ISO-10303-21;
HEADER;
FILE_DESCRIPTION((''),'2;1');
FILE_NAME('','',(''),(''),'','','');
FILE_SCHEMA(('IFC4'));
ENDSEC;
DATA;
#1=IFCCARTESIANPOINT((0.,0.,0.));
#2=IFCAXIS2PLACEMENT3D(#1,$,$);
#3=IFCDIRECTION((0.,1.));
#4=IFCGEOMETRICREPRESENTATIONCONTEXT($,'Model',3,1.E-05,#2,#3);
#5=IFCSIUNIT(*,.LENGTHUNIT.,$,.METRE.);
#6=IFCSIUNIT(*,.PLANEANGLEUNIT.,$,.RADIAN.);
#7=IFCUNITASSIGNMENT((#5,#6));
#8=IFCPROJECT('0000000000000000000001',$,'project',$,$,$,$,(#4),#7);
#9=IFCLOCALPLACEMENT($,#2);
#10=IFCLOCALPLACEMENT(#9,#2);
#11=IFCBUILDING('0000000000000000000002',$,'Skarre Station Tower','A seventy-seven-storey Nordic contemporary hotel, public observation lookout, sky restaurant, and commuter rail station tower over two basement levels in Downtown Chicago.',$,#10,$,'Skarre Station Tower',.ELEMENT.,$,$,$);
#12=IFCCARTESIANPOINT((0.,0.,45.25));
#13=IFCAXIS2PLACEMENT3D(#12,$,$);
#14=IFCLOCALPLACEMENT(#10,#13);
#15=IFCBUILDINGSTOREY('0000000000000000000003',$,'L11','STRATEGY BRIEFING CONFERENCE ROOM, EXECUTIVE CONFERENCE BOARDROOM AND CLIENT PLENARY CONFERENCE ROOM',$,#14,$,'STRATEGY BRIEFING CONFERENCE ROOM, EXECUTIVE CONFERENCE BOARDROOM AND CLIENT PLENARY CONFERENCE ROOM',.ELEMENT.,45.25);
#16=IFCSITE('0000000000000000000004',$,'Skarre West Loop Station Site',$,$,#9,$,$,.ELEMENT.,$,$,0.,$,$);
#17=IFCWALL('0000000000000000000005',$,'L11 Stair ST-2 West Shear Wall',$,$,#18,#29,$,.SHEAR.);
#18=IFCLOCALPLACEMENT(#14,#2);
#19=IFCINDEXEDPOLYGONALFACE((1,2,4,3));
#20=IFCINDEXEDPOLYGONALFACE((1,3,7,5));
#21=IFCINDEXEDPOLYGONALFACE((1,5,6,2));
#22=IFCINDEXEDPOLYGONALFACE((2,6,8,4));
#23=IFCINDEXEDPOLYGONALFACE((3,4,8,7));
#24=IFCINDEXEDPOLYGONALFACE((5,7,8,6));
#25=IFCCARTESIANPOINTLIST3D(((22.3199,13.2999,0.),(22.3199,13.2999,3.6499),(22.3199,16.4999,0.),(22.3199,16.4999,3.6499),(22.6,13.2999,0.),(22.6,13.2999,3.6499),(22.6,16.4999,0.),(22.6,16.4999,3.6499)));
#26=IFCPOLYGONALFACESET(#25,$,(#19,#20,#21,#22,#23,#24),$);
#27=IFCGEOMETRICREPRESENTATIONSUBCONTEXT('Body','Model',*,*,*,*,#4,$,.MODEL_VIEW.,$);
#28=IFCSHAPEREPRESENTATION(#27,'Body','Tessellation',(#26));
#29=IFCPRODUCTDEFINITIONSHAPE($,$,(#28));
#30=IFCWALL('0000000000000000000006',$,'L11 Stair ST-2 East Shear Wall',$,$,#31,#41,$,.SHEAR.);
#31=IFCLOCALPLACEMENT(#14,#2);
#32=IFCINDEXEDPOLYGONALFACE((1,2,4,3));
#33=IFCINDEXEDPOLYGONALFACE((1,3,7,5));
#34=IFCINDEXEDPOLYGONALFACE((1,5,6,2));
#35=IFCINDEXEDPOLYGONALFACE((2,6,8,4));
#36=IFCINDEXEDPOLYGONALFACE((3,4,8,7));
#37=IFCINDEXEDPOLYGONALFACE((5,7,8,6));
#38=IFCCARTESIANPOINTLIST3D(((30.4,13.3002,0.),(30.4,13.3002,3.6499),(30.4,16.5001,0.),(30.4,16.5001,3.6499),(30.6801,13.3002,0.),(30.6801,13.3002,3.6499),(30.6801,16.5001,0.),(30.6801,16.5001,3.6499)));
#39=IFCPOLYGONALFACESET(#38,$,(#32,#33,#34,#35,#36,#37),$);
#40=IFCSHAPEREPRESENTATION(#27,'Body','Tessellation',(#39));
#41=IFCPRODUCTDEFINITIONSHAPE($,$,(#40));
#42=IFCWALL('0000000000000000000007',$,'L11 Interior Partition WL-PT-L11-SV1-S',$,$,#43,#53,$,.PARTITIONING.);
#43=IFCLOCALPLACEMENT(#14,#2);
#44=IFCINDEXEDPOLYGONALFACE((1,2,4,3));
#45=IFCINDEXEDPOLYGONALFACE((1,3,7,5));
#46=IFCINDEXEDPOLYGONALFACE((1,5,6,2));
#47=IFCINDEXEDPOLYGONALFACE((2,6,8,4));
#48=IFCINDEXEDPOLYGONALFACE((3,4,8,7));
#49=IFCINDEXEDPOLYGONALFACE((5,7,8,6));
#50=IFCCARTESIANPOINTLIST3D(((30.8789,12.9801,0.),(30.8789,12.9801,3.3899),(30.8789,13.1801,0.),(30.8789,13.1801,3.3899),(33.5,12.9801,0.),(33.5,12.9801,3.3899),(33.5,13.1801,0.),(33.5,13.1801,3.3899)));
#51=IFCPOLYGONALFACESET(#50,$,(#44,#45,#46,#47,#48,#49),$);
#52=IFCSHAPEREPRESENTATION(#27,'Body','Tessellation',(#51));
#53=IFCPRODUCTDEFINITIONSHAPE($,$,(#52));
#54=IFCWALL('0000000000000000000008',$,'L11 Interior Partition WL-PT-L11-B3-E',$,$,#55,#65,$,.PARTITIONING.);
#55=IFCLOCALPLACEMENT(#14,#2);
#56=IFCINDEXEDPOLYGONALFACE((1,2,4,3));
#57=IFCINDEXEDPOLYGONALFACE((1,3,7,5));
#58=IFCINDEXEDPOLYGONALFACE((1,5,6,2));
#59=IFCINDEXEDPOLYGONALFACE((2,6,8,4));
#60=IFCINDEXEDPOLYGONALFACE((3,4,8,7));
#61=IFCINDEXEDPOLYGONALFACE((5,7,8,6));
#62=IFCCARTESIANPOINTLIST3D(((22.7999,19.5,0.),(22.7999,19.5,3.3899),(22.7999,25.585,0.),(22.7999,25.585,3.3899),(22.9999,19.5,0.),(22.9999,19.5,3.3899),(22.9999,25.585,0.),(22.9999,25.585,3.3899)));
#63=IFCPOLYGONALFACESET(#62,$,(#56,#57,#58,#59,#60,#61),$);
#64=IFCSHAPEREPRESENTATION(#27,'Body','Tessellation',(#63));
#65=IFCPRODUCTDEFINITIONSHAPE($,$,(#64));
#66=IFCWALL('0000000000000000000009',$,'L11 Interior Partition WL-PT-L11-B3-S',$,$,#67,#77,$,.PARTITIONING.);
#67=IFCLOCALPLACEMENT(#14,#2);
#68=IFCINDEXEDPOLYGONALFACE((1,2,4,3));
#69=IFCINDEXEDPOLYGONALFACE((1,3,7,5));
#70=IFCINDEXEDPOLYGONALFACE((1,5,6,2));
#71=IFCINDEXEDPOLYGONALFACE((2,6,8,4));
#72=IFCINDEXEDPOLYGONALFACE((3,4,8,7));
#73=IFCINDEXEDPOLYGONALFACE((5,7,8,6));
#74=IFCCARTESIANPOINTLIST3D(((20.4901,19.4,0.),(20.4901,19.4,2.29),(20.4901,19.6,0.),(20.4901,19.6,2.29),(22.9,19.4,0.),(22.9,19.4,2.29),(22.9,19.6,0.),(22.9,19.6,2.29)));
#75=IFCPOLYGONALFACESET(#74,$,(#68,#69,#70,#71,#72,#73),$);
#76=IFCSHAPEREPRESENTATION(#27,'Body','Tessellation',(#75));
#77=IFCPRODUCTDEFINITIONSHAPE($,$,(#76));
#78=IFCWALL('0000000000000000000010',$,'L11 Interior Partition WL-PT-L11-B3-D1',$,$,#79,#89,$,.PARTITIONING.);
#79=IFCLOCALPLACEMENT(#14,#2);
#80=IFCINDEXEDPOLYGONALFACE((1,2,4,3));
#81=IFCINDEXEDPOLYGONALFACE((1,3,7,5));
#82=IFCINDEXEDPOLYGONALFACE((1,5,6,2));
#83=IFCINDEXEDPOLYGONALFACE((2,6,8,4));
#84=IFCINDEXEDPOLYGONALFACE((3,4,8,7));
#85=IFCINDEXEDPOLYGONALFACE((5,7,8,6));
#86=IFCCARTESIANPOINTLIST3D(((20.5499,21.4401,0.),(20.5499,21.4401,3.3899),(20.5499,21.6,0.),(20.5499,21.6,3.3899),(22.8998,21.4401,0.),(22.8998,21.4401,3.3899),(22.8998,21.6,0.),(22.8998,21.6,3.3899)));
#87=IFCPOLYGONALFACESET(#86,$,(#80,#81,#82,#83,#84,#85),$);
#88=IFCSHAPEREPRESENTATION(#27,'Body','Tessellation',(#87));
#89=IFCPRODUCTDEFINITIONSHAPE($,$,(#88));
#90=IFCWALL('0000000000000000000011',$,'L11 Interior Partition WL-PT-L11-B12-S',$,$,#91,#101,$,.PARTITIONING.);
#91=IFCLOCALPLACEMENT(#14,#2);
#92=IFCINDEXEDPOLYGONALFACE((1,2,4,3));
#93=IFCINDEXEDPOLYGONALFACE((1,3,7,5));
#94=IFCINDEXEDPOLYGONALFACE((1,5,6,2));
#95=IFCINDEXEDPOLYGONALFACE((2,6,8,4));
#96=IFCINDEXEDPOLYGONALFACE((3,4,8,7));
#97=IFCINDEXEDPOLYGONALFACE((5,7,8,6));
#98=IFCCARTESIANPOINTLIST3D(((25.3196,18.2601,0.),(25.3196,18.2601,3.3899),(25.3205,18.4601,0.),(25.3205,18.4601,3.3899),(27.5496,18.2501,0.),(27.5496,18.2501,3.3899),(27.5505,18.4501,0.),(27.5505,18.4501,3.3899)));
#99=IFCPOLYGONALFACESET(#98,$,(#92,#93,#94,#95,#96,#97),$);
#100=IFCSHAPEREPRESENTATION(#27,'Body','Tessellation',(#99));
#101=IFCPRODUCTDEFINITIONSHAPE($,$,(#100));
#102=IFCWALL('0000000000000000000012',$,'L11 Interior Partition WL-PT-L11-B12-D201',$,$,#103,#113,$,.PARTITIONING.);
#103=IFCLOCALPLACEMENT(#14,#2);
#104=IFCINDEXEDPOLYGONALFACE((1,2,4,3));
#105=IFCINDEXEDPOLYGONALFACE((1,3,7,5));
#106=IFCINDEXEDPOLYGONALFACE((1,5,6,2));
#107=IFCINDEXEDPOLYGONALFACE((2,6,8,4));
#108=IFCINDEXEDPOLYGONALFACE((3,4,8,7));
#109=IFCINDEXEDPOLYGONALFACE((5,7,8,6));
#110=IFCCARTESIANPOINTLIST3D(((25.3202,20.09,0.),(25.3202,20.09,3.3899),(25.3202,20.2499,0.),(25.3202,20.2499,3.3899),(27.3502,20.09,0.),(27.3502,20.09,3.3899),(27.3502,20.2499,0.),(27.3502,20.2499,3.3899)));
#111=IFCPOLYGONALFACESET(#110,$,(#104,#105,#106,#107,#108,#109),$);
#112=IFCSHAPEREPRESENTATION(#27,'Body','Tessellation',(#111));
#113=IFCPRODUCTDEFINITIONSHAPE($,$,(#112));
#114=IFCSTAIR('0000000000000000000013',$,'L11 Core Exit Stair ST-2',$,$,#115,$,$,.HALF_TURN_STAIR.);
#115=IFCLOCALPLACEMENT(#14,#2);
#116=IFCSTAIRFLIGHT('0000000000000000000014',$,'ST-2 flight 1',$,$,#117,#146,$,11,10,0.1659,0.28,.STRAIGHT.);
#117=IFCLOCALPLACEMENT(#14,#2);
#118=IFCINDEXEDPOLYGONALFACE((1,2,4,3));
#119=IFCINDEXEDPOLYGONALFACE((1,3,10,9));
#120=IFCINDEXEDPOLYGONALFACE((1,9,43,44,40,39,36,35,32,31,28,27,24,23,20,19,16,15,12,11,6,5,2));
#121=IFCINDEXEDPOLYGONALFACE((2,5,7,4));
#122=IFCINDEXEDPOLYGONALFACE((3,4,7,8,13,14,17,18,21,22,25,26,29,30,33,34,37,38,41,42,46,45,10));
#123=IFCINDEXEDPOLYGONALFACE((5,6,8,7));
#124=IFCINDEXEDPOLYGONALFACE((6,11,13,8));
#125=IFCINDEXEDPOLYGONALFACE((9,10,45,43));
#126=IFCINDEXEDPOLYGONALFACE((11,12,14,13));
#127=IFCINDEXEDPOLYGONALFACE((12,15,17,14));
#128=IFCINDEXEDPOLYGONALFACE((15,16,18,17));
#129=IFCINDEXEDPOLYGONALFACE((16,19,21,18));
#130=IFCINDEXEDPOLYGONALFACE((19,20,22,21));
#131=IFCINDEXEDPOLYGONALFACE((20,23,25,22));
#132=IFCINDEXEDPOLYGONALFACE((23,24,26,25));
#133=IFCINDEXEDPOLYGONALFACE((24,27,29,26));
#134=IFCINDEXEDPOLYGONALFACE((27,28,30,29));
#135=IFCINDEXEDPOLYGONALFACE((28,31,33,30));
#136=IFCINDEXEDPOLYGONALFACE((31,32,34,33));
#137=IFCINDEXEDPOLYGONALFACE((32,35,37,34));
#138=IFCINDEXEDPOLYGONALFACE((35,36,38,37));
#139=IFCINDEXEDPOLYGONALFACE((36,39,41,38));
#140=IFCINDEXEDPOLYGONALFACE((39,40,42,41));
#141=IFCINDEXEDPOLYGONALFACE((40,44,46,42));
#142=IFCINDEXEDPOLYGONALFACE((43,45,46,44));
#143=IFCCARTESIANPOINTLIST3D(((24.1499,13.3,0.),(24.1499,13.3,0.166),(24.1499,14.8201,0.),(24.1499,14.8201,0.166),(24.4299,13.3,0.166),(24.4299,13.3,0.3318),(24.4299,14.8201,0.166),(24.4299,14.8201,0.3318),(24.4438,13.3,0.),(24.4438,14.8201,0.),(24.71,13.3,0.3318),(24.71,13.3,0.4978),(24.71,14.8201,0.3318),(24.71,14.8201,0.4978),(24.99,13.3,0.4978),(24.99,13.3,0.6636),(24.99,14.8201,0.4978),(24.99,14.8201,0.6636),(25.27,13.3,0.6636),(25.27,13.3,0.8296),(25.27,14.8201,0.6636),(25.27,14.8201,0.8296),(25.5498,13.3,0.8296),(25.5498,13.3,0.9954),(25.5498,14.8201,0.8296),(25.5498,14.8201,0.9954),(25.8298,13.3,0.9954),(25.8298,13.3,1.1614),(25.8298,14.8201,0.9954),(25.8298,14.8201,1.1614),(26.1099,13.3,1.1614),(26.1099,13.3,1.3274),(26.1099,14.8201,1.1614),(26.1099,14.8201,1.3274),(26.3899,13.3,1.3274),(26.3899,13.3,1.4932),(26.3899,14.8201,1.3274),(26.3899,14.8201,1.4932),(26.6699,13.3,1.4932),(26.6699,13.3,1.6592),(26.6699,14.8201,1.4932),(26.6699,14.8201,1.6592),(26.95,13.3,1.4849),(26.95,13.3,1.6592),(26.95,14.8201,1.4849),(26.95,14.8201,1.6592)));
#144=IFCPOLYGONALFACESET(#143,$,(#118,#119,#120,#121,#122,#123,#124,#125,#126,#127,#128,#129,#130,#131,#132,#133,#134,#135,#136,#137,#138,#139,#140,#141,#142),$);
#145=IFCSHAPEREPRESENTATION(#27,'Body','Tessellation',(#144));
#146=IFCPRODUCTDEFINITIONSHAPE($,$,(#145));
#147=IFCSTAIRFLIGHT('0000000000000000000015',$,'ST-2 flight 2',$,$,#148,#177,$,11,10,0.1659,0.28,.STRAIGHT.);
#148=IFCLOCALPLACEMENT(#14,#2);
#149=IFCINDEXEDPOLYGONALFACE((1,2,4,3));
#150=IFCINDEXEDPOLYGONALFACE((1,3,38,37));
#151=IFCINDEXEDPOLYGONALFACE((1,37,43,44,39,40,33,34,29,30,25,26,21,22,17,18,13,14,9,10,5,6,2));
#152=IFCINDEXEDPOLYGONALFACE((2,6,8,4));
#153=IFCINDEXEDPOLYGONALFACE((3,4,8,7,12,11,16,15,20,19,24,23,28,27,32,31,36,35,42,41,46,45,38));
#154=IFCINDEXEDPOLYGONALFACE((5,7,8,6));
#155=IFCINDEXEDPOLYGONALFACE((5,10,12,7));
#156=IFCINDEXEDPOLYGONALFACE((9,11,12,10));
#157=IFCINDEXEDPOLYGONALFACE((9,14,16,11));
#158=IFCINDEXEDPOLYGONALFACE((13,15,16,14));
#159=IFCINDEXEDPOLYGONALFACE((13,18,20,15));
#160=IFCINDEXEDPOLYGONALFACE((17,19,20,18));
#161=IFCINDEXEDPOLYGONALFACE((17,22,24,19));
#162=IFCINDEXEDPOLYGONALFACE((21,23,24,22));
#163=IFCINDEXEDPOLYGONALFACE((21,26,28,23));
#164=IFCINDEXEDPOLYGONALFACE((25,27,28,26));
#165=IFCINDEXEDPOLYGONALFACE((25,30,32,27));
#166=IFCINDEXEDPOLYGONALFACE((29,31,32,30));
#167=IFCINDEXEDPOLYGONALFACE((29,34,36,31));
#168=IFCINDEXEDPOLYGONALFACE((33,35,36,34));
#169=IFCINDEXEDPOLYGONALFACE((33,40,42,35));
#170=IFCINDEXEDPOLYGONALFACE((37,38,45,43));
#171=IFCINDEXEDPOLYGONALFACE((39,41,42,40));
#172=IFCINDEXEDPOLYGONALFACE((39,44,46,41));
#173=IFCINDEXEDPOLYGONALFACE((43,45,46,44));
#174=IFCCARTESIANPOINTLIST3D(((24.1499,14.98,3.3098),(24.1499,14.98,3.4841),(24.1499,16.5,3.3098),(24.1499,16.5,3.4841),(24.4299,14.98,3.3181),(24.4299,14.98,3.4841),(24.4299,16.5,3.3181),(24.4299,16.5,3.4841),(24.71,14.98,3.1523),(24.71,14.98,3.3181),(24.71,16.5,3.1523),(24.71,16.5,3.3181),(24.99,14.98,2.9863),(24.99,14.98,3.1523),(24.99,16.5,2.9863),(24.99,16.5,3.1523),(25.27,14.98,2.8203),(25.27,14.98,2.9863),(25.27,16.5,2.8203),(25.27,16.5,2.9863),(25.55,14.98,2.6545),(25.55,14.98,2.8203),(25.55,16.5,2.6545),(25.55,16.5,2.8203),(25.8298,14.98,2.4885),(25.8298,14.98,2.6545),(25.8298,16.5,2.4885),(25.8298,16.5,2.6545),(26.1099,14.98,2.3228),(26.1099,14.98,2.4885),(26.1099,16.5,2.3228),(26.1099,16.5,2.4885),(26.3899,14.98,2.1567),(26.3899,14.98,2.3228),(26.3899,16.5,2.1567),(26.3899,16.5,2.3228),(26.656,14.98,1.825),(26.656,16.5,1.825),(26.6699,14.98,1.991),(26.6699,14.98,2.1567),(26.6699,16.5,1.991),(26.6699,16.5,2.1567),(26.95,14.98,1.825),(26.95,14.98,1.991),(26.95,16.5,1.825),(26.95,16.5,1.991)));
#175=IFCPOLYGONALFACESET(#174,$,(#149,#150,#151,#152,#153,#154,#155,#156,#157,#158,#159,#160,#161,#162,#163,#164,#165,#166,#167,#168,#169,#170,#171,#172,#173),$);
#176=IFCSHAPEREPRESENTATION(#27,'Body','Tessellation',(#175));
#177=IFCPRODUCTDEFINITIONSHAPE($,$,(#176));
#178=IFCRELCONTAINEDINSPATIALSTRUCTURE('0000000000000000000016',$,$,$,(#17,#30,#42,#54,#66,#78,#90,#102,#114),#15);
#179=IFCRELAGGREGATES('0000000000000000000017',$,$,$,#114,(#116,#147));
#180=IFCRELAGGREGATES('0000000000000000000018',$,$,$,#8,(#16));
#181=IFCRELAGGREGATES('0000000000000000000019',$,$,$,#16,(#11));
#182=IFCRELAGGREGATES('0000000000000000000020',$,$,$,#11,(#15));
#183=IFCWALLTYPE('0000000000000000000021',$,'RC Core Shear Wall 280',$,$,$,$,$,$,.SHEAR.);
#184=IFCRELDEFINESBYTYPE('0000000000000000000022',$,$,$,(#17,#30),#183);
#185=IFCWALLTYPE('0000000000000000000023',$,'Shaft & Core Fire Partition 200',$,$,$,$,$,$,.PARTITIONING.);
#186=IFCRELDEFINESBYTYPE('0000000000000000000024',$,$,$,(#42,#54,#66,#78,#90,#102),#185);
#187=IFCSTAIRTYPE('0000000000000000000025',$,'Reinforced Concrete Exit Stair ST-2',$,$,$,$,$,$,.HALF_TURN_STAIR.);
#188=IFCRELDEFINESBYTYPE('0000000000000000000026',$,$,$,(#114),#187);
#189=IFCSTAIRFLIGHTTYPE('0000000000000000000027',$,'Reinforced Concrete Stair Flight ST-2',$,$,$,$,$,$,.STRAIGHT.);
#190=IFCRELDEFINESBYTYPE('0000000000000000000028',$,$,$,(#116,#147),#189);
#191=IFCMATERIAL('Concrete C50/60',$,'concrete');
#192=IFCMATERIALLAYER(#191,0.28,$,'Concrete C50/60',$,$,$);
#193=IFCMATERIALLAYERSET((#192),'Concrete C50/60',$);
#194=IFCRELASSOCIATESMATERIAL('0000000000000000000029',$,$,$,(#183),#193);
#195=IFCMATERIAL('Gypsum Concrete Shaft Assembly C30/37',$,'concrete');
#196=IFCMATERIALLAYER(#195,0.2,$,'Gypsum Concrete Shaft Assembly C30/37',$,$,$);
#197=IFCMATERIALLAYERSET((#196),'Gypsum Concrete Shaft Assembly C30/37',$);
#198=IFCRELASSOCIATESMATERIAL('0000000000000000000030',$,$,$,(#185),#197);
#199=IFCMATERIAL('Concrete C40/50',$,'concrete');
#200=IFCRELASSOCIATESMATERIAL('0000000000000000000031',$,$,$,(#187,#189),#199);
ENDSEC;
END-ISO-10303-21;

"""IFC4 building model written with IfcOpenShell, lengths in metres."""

from ifc_helpers import new_model, si_unit, direction, frame, frame_2d, origin, place, context, subcontext, project, spatial, polyline, rectangle, outline, extrude, material, layer, layer_set, type_object, element, aggregate, save


model = new_model("IFC4")

# Units and contexts
model_context = context("Model", 3, precision=1e-05, world=origin(), true_north=direction((0.0, 1.0)))
body_context = subcontext(model_context, "Body", "Model", "MODEL_VIEW")
ifc_project = project(units=[si_unit("LENGTHUNIT", "METRE"), si_unit("PLANEANGLEUNIT", "RADIAN")], contexts=[model_context])

# Site, building, storey
site_placement = place(None, origin())
site = spatial("IfcSite", under=ifc_project, at=site_placement, Name="Skarre West Loop Station Site", CompositionType="ELEMENT", RefElevation=0.0)
building_placement = place(site_placement, origin())
building = spatial("IfcBuilding", under=site, at=building_placement, Name="Skarre Station Tower", Description="A seventy-seven-storey Nordic contemporary hotel, public observation lookout, sky restaurant, and commuter rail station tower over two basement levels in Downtown Chicago.", LongName="Skarre Station Tower", CompositionType="ELEMENT")
storey_placement = place(building_placement, frame((0.0, 0.0, 45.25)))
storey = spatial("IfcBuildingStorey", under=building, at=storey_placement, Name="L11", Description="STRATEGY BRIEFING CONFERENCE ROOM, EXECUTIVE CONFERENCE BOARDROOM AND CLIENT PLENARY CONFERENCE ROOM", LongName="STRATEGY BRIEFING CONFERENCE ROOM, EXECUTIVE CONFERENCE BOARDROOM AND CLIENT PLENARY CONFERENCE ROOM", CompositionType="ELEMENT", Elevation=45.25)

# Shared definitions
ifc_material_1 = material(Name="Concrete C50/60", Category="concrete")
ifc_layer_1 = layer(ifc_material_1, 0.28, Name="Concrete C50/60")
ifc_layer_set_1 = layer_set([ifc_layer_1], Name="Concrete C50/60")
wall_type_1 = type_object("IfcWallType", Name="RC Core Shear Wall 280", PredefinedType="SHEAR", material=ifc_layer_set_1)

# Walls
for number, where, z_axis, x_axis, name in (
    (1, (22.46, 16.5, 0.0), (0.0, 0.0, 1.0), (0.0, -1.0, 0.0), "L11 Stair ST-2 West Shear Wall"),
    (2, (30.54, 13.3, 0.0), (0.0, 0.0, 1.0), (0.0, 1.0, 0.0), "L11 Stair ST-2 East Shear Wall"),
):
    element("IfcWall", number, at=place(storey_placement, frame(where, z_axis=z_axis, x_axis=x_axis)), inside=storey, type_object=wall_type_1, Name=name, PredefinedType="SHEAR", context=body_context, shape_type="SweptSolid", body=[
        extrude(rectangle(XDim=3.2, YDim=0.28, at=frame_2d((1.6001, 0.0))), origin(), (0.0, 0.0, 1.0), 3.6499),
    ])
ifc_material_2 = material(Name="Gypsum Concrete Shaft Assembly C30/37", Category="concrete")
ifc_layer_2 = layer(ifc_material_2, 0.2, Name="Gypsum Concrete Shaft Assembly C30/37")
ifc_layer_set_2 = layer_set([ifc_layer_2], Name="Gypsum Concrete Shaft Assembly C30/37")
wall_type_2 = type_object("IfcWallType", Name="Shaft & Core Fire Partition 200", PredefinedType="PARTITIONING", material=ifc_layer_set_2)
wall_1_placement = place(storey_placement, frame((30.8789, 13.0801, 0.0), z_axis=(0.0, 0.0, 1.0), x_axis=(1.0, 0.0, 0.0)))
element("IfcWall", 3, at=wall_1_placement, inside=storey, type_object=wall_type_2, Name="L11 Interior Partition WL-PT-L11-SV1-S", PredefinedType="PARTITIONING", context=body_context, shape_type="SweptSolid", body=[
    extrude(rectangle(XDim=2.6211, YDim=0.2, at=frame_2d((1.3105, 0.0))), origin(), (0.0, 0.0, 1.0), 3.3899),
])
wall_2_placement = place(storey_placement, frame((22.8999, 19.5, 0.0), z_axis=(0.0, 0.0, 1.0), x_axis=(0.0, 1.0, 0.0)))
element("IfcWall", 4, at=wall_2_placement, inside=storey, type_object=wall_type_2, Name="L11 Interior Partition WL-PT-L11-B3-E", PredefinedType="PARTITIONING", context=body_context, shape_type="SweptSolid", body=[
    extrude(rectangle(XDim=6.085, YDim=0.2, at=frame_2d((3.0425, 0.0))), origin(), (0.0, 0.0, 1.0), 3.3899),
])
wall_3_placement = place(storey_placement, frame((20.49, 19.5, 0.0), z_axis=(0.0, 0.0, 1.0), x_axis=(1.0, 0.0, 0.0)))
element("IfcWall", 5, at=wall_3_placement, inside=storey, type_object=wall_type_2, Name="L11 Interior Partition WL-PT-L11-B3-S", PredefinedType="PARTITIONING", context=body_context, shape_type="SweptSolid", body=[
    extrude(rectangle(XDim=2.4099, YDim=0.2, at=frame_2d((1.2051, 0.0))), origin(), (0.0, 0.0, 1.0), 2.29),
])
wall_4_placement = place(storey_placement, frame((20.55, 21.52, 0.0), z_axis=(0.0, 0.0, 1.0), x_axis=(1.0, 0.0, 0.0)))
element("IfcWall", 6, at=wall_4_placement, inside=storey, type_object=wall_type_2, Name="L11 Interior Partition WL-PT-L11-B3-D1", PredefinedType="PARTITIONING", context=body_context, shape_type="SweptSolid", body=[
    extrude(rectangle(XDim=2.3499, YDim=0.1599, at=frame_2d((1.1748, 0.0))), origin(), (0.0, 0.0, 1.0), 3.3899),
])
wall_5_placement = place(storey_placement, frame((25.3201, 18.3601, 0.0), z_axis=(0.0, 0.0, 1.0), x_axis=(0.99999, -0.004489, 0.0)))
element("IfcWall", 7, at=wall_5_placement, inside=storey, type_object=wall_type_2, Name="L11 Interior Partition WL-PT-L11-B12-S", PredefinedType="PARTITIONING", context=body_context, shape_type="SweptSolid", body=[
    extrude(rectangle(XDim=2.23, YDim=0.2, at=frame_2d((1.115, 0.0))), origin(), (0.0, 0.0, 1.0), 3.3899),
])
wall_6_placement = place(storey_placement, frame((25.3201, 20.1699, 0.0), z_axis=(0.0, 0.0, 1.0), x_axis=(1.0, 0.0, 0.0)))
element("IfcWall", 8, at=wall_6_placement, inside=storey, type_object=wall_type_2, Name="L11 Interior Partition WL-PT-L11-B12-D201", PredefinedType="PARTITIONING", context=body_context, shape_type="SweptSolid", body=[
    extrude(rectangle(XDim=2.03, YDim=0.1599, at=frame_2d((1.0151, 0.0))), origin(), (0.0, 0.0, 1.0), 3.3899),
])

# Stair, stair flights
ifc_material_3 = material(Name="Concrete C40/50", Category="concrete")
stair_type = type_object("IfcStairType", Name="Reinforced Concrete Exit Stair ST-2", PredefinedType="HALF_TURN_STAIR", material=ifc_material_3)
stair_placement = place(storey_placement, origin())
stair = element("IfcStair", 9, at=stair_placement, inside=storey, type_object=stair_type, Name="L11 Core Exit Stair ST-2", PredefinedType="HALF_TURN_STAIR")
stair_flight_type = type_object("IfcStairFlightType", Name="Reinforced Concrete Stair Flight ST-2", PredefinedType="STRAIGHT", material=ifc_material_3)
stair_flight_1_placement = place(storey_placement, frame((24.1499, 14.0601, 0.0), z_axis=(0.0, 0.0, 1.0), x_axis=(1.0, 0.0, 0.0)))
stair_flight_1 = element("IfcStairFlight", 10, at=stair_flight_1_placement, type_object=stair_flight_type, Name="ST-2 flight 1", NumberOfRisers=11, NumberOfTreads=10, PredefinedType="STRAIGHT", RiserHeight=0.1659, TreadLength=0.28, context=body_context, shape_type="SweptSolid", body=[
    extrude(outline(polyline([(0.0, 0.0), (0.0, 0.166), (0.28, 0.166), (0.28, 0.3318), (0.5601, 0.3318), (0.5601, 0.4978), (0.8401, 0.4978), (0.8401, 0.6636), (1.1201, 0.6636), (1.1201, 0.8296), (1.3999, 0.8296), (1.3999, 0.9954), (1.6799, 0.9954), (1.6799, 1.1614), (1.96, 1.1614), (1.96, 1.3274), (2.24, 1.3274), (2.24, 1.4932), (2.52, 1.4932), (2.52, 1.6592), (2.8, 1.6592), (2.8, 1.825), (2.8, 1.4849), (0.2939, 0.0), (0.0, 0.0)])), frame((0.0, 0.76, 0.0), z_axis=(0.0, -1.0, 0.0), x_axis=(1.0, 0.0, 0.0)), (0.0, 0.0, 1.0), 1.52),
])
stair_flight_2_placement = place(storey_placement, frame((26.95, 15.74, 1.825), z_axis=(0.0, 0.0, 1.0), x_axis=(-1.0, 0.0, 0.0)))
stair_flight_2 = element("IfcStairFlight", 11, at=stair_flight_2_placement, type_object=stair_flight_type, Name="ST-2 flight 2", NumberOfRisers=11, NumberOfTreads=10, PredefinedType="STRAIGHT", RiserHeight=0.1659, TreadLength=0.28, context=body_context, shape_type="SweptSolid", body=[
    extrude(outline(polyline([(0.0, 0.0), (0.0, 0.166), (0.28, 0.166), (0.28, 0.3318), (0.5601, 0.3318), (0.5601, 0.4978), (0.8401, 0.4978), (0.8401, 0.6636), (1.1201, 0.6636), (1.1201, 0.8296), (1.3999, 0.8296), (1.3999, 0.9954), (1.6799, 0.9954), (1.6799, 1.1614), (1.96, 1.1614), (1.96, 1.3274), (2.24, 1.3274), (2.24, 1.4932), (2.52, 1.4932), (2.52, 1.6592), (2.8, 1.6592), (2.8, 1.825), (2.8, 1.4849), (0.2939, 0.0), (0.0, 0.0)])), frame((0.0, 0.76, 0.0), z_axis=(0.0, -1.0, 0.0), x_axis=(1.0, 0.0, 0.0)), (0.0, 0.0, 1.0), 1.52),
])
aggregate(stair, [stair_flight_1, stair_flight_2])

save(model, "model.ifc")
